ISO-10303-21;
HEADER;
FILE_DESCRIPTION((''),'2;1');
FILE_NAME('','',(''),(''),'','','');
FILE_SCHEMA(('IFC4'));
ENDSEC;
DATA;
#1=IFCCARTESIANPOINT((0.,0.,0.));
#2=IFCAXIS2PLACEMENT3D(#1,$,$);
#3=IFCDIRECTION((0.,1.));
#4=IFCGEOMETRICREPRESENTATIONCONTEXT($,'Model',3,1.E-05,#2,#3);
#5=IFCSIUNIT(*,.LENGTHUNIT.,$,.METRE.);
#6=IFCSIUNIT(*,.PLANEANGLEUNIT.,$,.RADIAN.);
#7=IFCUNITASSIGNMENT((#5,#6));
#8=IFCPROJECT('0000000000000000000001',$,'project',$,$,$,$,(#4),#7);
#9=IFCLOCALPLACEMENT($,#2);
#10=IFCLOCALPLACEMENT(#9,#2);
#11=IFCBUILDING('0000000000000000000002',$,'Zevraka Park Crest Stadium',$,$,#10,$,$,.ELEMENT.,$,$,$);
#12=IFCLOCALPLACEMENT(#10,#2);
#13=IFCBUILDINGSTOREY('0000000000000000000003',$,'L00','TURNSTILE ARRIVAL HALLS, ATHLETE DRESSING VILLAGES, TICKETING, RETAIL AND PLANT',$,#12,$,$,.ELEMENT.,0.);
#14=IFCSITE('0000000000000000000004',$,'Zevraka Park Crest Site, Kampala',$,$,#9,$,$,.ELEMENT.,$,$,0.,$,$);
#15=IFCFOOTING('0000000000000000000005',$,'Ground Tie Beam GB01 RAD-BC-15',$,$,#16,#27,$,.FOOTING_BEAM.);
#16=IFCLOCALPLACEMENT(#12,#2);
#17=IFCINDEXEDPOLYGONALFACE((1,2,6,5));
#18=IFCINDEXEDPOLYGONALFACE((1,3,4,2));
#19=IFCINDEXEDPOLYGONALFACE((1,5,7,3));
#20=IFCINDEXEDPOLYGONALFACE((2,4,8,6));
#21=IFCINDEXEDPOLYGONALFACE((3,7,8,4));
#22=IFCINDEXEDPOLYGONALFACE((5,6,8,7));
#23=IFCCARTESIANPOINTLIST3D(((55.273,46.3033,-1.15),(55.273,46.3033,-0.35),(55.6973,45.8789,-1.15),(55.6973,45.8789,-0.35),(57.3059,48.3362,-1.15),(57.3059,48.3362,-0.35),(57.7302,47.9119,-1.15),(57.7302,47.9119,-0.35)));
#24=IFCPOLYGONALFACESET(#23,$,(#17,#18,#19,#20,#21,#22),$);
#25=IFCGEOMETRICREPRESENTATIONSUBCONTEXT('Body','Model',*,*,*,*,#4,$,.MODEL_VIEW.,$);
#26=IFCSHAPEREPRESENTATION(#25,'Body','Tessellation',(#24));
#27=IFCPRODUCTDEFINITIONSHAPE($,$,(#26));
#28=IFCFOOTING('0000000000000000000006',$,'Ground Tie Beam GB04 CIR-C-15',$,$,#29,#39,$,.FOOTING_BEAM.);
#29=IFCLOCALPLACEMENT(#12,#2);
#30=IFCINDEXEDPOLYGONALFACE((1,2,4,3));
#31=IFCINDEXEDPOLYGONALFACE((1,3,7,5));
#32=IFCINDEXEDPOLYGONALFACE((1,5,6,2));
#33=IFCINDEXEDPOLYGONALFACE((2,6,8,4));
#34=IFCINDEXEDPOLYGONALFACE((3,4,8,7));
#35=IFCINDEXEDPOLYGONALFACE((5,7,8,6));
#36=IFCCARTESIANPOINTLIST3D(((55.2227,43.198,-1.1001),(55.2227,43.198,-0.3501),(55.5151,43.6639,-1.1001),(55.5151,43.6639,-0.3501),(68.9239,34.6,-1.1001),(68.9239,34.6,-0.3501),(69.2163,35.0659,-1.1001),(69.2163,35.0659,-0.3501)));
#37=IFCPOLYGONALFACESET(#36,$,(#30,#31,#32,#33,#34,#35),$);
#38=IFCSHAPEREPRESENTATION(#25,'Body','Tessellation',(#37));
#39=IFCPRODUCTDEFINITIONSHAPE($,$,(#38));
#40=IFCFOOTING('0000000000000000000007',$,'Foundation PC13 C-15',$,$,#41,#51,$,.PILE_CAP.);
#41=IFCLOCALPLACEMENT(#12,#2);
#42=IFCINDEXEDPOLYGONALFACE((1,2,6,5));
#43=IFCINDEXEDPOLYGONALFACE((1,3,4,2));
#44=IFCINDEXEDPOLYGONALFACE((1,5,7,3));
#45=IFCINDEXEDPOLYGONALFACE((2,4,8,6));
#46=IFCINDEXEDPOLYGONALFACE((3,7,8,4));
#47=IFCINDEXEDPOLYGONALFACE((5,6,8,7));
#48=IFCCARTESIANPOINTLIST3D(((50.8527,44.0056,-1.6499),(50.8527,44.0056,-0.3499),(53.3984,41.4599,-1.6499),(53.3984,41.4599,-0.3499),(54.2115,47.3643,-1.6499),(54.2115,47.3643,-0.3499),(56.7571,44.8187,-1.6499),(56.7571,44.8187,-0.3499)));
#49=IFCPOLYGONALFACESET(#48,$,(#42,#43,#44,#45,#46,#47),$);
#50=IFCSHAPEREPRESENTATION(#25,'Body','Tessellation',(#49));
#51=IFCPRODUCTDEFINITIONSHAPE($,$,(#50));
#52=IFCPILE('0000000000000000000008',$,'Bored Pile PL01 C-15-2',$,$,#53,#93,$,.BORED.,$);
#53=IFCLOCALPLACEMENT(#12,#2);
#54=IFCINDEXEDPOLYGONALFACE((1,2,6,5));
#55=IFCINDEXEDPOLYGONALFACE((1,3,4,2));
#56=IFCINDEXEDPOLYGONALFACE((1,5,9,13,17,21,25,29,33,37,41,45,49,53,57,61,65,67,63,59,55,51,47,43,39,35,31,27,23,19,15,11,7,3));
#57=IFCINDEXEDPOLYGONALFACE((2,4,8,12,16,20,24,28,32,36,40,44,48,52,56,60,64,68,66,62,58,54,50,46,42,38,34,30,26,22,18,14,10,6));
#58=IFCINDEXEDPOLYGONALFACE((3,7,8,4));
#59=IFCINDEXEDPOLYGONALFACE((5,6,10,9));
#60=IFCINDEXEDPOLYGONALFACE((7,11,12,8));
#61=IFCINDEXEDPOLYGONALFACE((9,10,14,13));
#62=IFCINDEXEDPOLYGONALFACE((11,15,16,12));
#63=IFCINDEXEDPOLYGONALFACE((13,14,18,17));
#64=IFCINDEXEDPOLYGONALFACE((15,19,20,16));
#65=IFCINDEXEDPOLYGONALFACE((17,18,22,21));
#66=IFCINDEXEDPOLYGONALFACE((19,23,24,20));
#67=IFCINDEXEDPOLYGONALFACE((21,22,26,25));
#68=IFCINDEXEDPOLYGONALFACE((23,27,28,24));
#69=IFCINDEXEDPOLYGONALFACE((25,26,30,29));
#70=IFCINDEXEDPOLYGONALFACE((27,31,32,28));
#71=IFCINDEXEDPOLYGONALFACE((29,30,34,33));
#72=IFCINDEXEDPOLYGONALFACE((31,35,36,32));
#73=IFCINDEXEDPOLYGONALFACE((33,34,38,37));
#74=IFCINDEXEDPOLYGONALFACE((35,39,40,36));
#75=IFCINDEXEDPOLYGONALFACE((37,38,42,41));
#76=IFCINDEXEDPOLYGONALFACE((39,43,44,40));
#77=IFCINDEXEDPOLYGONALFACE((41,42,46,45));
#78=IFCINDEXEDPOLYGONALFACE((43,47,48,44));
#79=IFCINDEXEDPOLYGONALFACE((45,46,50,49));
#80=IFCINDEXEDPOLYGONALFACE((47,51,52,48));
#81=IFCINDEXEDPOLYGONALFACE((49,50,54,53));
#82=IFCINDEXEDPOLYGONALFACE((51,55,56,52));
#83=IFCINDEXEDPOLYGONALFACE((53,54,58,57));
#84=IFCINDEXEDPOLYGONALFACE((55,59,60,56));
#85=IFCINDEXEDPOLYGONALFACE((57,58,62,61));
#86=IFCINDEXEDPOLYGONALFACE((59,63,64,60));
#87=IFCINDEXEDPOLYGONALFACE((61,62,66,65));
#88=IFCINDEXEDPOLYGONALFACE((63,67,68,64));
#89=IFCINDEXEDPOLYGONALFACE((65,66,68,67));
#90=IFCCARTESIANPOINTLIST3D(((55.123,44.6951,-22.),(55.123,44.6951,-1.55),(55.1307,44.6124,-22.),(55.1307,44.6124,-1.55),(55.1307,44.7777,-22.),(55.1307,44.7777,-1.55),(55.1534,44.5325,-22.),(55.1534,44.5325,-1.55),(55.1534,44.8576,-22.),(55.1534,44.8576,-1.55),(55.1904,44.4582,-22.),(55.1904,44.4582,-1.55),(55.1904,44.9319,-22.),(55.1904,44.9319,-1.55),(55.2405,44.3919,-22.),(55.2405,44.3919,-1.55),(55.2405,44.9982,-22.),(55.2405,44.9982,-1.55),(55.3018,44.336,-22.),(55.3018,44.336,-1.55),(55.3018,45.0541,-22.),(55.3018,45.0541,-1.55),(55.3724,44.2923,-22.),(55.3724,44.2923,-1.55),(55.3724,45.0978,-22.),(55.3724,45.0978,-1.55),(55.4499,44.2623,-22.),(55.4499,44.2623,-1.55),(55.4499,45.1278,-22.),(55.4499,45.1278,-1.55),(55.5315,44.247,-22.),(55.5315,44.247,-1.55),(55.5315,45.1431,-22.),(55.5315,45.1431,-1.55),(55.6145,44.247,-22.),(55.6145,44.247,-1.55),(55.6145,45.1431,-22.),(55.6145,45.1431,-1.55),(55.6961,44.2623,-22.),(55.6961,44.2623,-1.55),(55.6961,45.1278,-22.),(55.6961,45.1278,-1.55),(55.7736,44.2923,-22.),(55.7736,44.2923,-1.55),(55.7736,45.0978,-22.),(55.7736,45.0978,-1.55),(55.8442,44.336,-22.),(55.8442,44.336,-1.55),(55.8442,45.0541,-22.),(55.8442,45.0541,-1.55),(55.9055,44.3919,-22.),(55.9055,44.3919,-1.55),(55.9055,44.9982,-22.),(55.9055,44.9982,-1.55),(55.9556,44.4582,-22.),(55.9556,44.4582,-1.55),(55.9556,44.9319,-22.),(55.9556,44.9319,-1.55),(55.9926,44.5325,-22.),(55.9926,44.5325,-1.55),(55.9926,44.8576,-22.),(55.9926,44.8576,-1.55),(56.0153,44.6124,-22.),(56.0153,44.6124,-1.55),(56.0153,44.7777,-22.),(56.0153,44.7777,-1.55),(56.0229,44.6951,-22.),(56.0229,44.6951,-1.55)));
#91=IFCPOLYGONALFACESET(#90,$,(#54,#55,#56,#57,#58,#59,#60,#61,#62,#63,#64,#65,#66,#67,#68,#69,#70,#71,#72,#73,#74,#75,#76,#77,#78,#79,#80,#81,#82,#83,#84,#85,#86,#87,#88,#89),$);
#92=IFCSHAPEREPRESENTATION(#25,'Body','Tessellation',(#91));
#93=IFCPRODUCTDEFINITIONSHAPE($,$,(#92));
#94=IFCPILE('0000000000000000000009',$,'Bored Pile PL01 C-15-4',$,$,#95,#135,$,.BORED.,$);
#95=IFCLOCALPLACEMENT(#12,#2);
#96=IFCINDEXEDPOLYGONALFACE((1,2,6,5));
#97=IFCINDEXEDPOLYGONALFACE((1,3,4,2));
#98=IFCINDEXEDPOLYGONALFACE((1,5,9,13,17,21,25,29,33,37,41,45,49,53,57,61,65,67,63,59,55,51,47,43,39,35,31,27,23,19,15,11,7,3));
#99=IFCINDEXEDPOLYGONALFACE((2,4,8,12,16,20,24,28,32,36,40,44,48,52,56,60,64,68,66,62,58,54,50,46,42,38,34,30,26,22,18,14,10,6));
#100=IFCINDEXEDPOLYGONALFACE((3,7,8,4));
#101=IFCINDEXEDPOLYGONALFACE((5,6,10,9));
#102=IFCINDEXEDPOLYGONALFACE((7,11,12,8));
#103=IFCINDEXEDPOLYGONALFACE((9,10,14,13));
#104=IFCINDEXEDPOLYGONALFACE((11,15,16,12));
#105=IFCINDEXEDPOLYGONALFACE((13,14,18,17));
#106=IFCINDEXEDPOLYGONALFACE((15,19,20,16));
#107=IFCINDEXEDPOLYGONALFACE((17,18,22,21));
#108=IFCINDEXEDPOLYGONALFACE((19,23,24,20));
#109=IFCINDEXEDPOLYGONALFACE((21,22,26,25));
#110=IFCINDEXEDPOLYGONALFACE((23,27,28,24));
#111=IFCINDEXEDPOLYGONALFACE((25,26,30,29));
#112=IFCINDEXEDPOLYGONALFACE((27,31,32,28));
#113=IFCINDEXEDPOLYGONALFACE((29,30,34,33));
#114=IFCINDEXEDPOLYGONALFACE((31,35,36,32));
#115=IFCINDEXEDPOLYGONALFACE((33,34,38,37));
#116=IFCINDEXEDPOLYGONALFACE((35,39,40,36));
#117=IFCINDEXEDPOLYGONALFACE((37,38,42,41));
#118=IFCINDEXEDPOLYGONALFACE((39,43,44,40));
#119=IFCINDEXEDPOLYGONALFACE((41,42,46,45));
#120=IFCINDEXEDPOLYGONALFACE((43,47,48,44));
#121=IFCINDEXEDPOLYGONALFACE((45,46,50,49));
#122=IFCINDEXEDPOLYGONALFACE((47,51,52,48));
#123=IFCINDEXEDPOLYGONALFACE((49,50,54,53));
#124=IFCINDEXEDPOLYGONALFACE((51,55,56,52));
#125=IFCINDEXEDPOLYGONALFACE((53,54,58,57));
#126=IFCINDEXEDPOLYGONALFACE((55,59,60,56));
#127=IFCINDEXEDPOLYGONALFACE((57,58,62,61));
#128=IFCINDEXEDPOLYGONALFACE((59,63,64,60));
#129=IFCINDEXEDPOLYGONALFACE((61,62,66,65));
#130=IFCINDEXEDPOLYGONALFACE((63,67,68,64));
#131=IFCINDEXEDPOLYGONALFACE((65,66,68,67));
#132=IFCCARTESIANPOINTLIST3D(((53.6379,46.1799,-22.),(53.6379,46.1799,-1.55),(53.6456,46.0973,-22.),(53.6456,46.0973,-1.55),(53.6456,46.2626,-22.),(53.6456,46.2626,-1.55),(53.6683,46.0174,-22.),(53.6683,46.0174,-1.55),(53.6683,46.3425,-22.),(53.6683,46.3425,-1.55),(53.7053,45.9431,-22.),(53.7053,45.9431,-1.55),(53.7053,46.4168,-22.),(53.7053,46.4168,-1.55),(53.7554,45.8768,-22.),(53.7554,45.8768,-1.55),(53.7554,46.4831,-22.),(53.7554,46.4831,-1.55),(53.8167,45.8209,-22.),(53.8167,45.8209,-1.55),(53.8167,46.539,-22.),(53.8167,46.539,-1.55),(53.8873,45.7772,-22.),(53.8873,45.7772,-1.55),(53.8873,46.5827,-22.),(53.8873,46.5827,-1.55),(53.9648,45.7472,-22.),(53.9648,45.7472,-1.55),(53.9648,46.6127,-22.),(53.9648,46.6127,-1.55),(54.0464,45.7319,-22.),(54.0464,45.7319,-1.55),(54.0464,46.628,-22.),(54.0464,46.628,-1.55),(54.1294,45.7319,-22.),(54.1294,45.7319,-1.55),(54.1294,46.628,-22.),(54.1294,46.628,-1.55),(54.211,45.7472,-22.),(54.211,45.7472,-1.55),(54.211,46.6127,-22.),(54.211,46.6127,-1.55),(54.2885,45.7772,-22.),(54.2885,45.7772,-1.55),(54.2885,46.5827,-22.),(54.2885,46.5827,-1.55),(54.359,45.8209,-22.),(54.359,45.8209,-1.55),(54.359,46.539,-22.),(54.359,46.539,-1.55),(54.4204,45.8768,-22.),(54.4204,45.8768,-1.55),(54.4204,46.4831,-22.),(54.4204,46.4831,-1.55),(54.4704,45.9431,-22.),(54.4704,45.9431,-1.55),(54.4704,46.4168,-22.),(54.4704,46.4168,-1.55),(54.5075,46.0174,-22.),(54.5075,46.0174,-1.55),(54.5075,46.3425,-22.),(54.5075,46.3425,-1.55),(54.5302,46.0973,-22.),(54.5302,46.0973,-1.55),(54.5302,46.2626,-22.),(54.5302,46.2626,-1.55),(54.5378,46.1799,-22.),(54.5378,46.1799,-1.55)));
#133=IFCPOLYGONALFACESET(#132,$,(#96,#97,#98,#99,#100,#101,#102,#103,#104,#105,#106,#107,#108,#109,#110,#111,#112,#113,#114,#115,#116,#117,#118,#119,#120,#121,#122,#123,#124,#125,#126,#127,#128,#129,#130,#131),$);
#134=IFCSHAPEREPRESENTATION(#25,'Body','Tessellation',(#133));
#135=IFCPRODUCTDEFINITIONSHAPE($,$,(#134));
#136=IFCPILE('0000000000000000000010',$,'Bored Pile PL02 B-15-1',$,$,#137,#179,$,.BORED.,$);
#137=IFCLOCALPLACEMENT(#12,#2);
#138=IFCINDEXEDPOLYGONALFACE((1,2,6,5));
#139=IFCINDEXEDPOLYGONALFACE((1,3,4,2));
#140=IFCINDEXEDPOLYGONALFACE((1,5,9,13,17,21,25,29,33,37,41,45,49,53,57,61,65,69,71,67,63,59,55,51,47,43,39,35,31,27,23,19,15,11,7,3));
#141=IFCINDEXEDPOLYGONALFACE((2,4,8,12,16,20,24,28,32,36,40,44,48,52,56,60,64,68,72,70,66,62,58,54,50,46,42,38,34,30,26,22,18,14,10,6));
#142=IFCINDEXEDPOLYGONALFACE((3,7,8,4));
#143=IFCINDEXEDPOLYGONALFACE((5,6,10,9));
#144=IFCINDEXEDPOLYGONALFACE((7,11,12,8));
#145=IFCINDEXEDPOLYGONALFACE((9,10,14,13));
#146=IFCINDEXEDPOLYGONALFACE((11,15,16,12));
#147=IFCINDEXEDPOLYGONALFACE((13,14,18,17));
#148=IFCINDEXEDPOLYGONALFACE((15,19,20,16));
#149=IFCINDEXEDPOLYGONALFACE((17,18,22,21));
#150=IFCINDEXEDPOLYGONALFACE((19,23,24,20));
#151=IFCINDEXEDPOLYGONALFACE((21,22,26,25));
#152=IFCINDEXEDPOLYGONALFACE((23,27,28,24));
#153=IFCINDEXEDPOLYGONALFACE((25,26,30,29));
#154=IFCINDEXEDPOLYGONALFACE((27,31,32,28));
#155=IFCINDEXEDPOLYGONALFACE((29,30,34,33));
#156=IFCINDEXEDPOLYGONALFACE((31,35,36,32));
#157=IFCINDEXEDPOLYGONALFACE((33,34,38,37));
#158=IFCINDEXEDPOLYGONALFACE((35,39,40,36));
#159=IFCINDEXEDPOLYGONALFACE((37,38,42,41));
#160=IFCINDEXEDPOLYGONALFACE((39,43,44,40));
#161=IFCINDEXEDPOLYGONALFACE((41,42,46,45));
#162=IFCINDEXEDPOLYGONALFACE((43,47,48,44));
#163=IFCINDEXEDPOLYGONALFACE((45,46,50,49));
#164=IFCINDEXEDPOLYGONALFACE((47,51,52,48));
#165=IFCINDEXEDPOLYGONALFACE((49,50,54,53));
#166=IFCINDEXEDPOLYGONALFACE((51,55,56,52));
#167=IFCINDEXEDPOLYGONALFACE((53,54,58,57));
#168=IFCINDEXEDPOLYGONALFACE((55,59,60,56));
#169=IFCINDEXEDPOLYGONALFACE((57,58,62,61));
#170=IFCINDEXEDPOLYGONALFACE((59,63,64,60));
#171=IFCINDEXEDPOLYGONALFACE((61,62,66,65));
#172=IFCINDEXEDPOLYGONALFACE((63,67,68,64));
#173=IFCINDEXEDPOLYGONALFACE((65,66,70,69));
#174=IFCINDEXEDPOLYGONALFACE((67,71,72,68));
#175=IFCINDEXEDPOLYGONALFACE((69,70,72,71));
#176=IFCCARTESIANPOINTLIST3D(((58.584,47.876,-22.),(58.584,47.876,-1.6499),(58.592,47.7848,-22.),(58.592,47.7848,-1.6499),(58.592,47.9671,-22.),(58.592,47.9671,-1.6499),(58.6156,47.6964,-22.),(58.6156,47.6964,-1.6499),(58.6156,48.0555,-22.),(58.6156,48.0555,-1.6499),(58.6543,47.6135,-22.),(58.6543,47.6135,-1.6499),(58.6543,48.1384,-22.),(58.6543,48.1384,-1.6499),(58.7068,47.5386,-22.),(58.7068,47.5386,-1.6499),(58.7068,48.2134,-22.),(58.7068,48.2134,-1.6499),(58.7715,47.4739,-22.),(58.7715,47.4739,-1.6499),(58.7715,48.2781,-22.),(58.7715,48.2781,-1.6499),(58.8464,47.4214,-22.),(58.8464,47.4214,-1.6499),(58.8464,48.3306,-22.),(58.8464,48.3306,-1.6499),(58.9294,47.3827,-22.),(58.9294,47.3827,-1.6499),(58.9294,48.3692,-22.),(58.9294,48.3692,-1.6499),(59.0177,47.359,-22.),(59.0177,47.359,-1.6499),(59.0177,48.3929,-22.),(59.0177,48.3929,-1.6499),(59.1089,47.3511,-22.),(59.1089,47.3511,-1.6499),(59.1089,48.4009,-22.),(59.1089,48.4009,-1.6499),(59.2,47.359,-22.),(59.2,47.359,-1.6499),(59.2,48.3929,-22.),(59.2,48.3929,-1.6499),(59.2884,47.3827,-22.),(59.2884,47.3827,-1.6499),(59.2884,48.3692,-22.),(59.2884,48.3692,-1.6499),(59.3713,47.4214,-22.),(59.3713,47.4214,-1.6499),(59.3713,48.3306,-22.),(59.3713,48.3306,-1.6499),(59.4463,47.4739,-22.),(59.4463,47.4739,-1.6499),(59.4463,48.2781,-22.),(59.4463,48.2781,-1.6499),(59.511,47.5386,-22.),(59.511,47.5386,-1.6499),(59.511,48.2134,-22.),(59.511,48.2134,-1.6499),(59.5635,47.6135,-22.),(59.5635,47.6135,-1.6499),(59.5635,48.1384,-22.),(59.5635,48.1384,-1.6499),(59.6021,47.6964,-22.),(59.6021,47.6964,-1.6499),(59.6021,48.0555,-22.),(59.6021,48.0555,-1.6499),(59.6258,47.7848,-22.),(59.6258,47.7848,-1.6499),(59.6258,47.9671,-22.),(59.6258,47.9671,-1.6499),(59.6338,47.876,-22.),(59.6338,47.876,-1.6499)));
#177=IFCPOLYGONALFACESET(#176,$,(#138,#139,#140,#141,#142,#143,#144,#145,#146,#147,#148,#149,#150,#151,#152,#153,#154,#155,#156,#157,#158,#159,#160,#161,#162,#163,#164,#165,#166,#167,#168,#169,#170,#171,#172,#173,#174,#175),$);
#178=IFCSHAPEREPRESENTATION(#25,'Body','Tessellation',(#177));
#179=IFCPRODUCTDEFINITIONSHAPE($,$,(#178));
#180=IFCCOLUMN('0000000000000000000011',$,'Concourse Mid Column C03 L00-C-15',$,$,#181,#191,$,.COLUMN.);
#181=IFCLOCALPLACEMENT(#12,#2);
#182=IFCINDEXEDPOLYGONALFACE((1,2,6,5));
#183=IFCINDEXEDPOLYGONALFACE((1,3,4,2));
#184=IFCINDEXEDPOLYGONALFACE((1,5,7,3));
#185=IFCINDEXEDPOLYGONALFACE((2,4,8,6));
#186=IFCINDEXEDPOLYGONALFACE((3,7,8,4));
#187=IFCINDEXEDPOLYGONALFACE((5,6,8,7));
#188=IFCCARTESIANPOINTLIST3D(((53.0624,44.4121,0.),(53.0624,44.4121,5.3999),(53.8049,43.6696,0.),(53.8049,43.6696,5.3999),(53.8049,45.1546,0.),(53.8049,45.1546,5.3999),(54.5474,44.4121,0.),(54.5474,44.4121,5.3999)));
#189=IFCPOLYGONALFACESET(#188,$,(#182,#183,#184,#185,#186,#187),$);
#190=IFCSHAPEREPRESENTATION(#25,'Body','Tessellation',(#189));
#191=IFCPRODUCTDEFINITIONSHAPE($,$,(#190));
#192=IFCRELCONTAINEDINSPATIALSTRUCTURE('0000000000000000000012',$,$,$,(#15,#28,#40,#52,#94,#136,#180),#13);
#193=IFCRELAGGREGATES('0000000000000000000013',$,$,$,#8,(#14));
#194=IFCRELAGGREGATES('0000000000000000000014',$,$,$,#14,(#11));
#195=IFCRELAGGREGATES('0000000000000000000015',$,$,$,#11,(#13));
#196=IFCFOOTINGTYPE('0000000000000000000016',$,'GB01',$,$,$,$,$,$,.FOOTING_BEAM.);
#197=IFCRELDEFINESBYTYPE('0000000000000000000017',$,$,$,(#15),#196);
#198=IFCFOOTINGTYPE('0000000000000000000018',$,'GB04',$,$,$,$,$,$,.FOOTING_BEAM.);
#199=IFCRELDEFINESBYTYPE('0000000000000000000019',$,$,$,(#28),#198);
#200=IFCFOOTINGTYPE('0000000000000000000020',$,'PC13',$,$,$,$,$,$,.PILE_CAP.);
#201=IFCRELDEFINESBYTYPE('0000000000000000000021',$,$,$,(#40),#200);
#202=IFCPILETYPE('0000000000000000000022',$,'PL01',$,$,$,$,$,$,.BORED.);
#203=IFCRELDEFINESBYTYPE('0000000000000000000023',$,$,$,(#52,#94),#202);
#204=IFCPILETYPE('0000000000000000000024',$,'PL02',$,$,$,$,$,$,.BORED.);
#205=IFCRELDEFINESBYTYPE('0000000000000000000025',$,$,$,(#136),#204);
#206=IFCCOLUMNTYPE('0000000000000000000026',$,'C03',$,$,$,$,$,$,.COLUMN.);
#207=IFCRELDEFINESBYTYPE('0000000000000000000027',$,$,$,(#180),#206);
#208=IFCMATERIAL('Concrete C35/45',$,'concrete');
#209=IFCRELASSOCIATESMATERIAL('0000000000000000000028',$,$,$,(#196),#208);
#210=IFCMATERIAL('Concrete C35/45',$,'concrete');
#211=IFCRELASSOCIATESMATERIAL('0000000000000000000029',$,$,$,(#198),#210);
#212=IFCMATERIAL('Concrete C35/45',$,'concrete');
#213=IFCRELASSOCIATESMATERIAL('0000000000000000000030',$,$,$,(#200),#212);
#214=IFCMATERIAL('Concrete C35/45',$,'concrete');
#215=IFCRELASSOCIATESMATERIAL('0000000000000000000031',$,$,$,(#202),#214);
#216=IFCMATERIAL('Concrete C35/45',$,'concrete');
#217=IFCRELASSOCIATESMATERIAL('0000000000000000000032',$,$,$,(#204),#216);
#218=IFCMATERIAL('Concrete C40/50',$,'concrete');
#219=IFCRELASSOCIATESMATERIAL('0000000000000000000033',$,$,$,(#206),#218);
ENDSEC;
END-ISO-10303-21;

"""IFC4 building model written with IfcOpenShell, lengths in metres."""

from ifc_helpers import new_model, si_unit, direction, frame, origin, origin_2d, place, context, subcontext, project, spatial, rectangle, circle, extrude, material, material_profile, profile_set, type_object, element, save


model = new_model("IFC4")

# Units and contexts
model_context = context("Model", 3, precision=1e-05, world=origin(), true_north=direction((0.0, 1.0)))
body_context = subcontext(model_context, "Body", "Model", "MODEL_VIEW")
ifc_project = project(units=[si_unit("LENGTHUNIT", "METRE"), si_unit("PLANEANGLEUNIT", "RADIAN")], contexts=[model_context])

# Site, building, storey
site_placement = place(None, origin())
site = spatial("IfcSite", under=ifc_project, at=site_placement, Name="Zevraka Park Crest Site, Kampala", CompositionType="ELEMENT", RefElevation=0.0)
building_placement = place(site_placement, origin())
building = spatial("IfcBuilding", under=site, at=building_placement, Name="Zevraka Park Crest Stadium", CompositionType="ELEMENT")
storey_placement = place(building_placement, origin())
storey = spatial("IfcBuildingStorey", under=building, at=storey_placement, Name="L00", Description="TURNSTILE ARRIVAL HALLS, ATHLETE DRESSING VILLAGES, TICKETING, RETAIL AND PLANT", CompositionType="ELEMENT", Elevation=0.0)

# Footings
ifc_material_1 = material(Name="Concrete C35/45", Category="concrete")
ifc_material_profile_1 = material_profile(ifc_material_1, rectangle(XDim=0.6001, YDim=0.8, at=origin_2d()), Name="GB 800x600")
ifc_profile_set_1 = profile_set([ifc_material_profile_1], Name="Concrete C35/45")
footing_type_1 = type_object("IfcFootingType", Name="GB01", PredefinedType="FOOTING_BEAM", material=ifc_profile_set_1)
footing_1_placement = place(storey_placement, frame((57.5181, 48.124, -0.75), z_axis=(-0.707107, -0.707107, 0.0), x_axis=(0.707107, -0.707107, 0.0)))
element("IfcFooting", 1, at=footing_1_placement, inside=storey, type_object=footing_type_1, Name="Ground Tie Beam GB01 RAD-BC-15", PredefinedType="FOOTING_BEAM", context=body_context, shape_type="SweptSolid", body=[
    extrude(rectangle(XDim=0.6001, YDim=0.8, at=origin_2d()), origin(), (0.0, 0.0, 1.0), 2.875),
])
ifc_material_2 = material(Name="Concrete C35/45", Category="concrete")
ifc_material_profile_2 = material_profile(ifc_material_2, rectangle(XDim=0.55, YDim=0.75, at=origin_2d()), Name="GB 750x550")
ifc_profile_set_2 = profile_set([ifc_material_profile_2], Name="Concrete C35/45")
footing_type_2 = type_object("IfcFootingType", Name="GB04", PredefinedType="FOOTING_BEAM", material=ifc_profile_set_2)
footing_2_placement = place(storey_placement, frame((55.3689, 43.4309, -0.7251), z_axis=(0.847034, -0.531539, 0.0), x_axis=(0.531539, 0.847034, 0.0)))
element("IfcFooting", 2, at=footing_2_placement, inside=storey, type_object=footing_type_2, Name="Ground Tie Beam GB04 CIR-C-15", PredefinedType="FOOTING_BEAM", context=body_context, shape_type="SweptSolid", body=[
    extrude(rectangle(XDim=0.55, YDim=0.75, at=origin_2d()), origin(), (0.0, 0.0, 1.0), 16.1755),
])
ifc_material_3 = material(Name="Concrete C35/45", Category="concrete")
footing_type_3 = type_object("IfcFootingType", Name="PC13", PredefinedType="PILE_CAP", material=ifc_material_3)
footing_3_placement = place(storey_placement, frame((53.8049, 44.4121, -1.6499), z_axis=(0.0, 0.0, 1.0), x_axis=(0.707107, 0.707107, 0.0)))
element("IfcFooting", 3, at=footing_3_placement, inside=storey, type_object=footing_type_3, Name="Foundation PC13 C-15", PredefinedType="PILE_CAP", context=body_context, shape_type="SweptSolid", body=[
    extrude(rectangle(XDim=4.75, YDim=3.6001, at=origin_2d()), origin(), (0.0, 0.0, 1.0), 1.3),
])

# Piles
ifc_material_4 = material(Name="Concrete C35/45", Category="concrete")
ifc_material_profile_3 = material_profile(ifc_material_4, circle(Radius=0.45, at=origin_2d()), Name="PILE D900")
ifc_profile_set_3 = profile_set([ifc_material_profile_3], Name="Concrete C35/45")
pile_type_1 = type_object("IfcPileType", Name="PL01", PredefinedType="BORED", material=ifc_profile_set_3)
for number, where, z_axis, x_axis, name in (
    (4, (55.573, 44.6951, -1.55), (0.0, 0.0, -1.0), (1.0, 0.0, 0.0), "Bored Pile PL01 C-15-2"),
    (5, (54.0879, 46.1799, -1.55), (0.0, 0.0, -1.0), (1.0, 0.0, 0.0), "Bored Pile PL01 C-15-4"),
):
    element("IfcPile", number, at=place(storey_placement, frame(where, z_axis=z_axis, x_axis=x_axis)), inside=storey, type_object=pile_type_1, Name=name, PredefinedType="BORED", context=body_context, shape_type="SweptSolid", body=[
        extrude(circle(Radius=0.45, at=origin_2d()), origin(), (0.0, 0.0, 1.0), 20.45),
    ])
ifc_material_5 = material(Name="Concrete C35/45", Category="concrete")
ifc_material_profile_4 = material_profile(ifc_material_5, circle(Radius=0.5249, at=origin_2d()), Name="PILE D1050")
ifc_profile_set_4 = profile_set([ifc_material_profile_4], Name="Concrete C35/45")
pile_type_2 = type_object("IfcPileType", Name="PL02", PredefinedType="BORED", material=ifc_profile_set_4)
pile_placement = place(storey_placement, frame((59.1089, 47.876, -1.6499), z_axis=(0.0, 0.0, -1.0), x_axis=(1.0, 0.0, 0.0)))
element("IfcPile", 6, at=pile_placement, inside=storey, type_object=pile_type_2, Name="Bored Pile PL02 B-15-1", PredefinedType="BORED", context=body_context, shape_type="SweptSolid", body=[
    extrude(circle(Radius=0.5249, at=origin_2d()), origin(), (0.0, 0.0, 1.0), 20.3501),
])

# Column
ifc_material_6 = material(Name="Concrete C40/50", Category="concrete")
ifc_material_profile_5 = material_profile(ifc_material_6, rectangle(XDim=1.05, YDim=1.05, at=origin_2d()), Name="RC 1050x1050")
ifc_profile_set_5 = profile_set([ifc_material_profile_5], Name="Concrete C40/50")
column_type = type_object("IfcColumnType", Name="C03", PredefinedType="COLUMN", material=ifc_profile_set_5)
column_placement = place(storey_placement, frame((53.8049, 44.4121, 0.0), z_axis=(0.0, 0.0, 1.0), x_axis=(0.707107, 0.707107, 0.0)))
element("IfcColumn", 7, at=column_placement, inside=storey, type_object=column_type, Name="Concourse Mid Column C03 L00-C-15", PredefinedType="COLUMN", context=body_context, shape_type="SweptSolid", body=[
    extrude(rectangle(XDim=1.05, YDim=1.05, at=origin_2d()), origin(), (0.0, 0.0, 1.0), 5.3999),
])

save(model, "model.ifc")
